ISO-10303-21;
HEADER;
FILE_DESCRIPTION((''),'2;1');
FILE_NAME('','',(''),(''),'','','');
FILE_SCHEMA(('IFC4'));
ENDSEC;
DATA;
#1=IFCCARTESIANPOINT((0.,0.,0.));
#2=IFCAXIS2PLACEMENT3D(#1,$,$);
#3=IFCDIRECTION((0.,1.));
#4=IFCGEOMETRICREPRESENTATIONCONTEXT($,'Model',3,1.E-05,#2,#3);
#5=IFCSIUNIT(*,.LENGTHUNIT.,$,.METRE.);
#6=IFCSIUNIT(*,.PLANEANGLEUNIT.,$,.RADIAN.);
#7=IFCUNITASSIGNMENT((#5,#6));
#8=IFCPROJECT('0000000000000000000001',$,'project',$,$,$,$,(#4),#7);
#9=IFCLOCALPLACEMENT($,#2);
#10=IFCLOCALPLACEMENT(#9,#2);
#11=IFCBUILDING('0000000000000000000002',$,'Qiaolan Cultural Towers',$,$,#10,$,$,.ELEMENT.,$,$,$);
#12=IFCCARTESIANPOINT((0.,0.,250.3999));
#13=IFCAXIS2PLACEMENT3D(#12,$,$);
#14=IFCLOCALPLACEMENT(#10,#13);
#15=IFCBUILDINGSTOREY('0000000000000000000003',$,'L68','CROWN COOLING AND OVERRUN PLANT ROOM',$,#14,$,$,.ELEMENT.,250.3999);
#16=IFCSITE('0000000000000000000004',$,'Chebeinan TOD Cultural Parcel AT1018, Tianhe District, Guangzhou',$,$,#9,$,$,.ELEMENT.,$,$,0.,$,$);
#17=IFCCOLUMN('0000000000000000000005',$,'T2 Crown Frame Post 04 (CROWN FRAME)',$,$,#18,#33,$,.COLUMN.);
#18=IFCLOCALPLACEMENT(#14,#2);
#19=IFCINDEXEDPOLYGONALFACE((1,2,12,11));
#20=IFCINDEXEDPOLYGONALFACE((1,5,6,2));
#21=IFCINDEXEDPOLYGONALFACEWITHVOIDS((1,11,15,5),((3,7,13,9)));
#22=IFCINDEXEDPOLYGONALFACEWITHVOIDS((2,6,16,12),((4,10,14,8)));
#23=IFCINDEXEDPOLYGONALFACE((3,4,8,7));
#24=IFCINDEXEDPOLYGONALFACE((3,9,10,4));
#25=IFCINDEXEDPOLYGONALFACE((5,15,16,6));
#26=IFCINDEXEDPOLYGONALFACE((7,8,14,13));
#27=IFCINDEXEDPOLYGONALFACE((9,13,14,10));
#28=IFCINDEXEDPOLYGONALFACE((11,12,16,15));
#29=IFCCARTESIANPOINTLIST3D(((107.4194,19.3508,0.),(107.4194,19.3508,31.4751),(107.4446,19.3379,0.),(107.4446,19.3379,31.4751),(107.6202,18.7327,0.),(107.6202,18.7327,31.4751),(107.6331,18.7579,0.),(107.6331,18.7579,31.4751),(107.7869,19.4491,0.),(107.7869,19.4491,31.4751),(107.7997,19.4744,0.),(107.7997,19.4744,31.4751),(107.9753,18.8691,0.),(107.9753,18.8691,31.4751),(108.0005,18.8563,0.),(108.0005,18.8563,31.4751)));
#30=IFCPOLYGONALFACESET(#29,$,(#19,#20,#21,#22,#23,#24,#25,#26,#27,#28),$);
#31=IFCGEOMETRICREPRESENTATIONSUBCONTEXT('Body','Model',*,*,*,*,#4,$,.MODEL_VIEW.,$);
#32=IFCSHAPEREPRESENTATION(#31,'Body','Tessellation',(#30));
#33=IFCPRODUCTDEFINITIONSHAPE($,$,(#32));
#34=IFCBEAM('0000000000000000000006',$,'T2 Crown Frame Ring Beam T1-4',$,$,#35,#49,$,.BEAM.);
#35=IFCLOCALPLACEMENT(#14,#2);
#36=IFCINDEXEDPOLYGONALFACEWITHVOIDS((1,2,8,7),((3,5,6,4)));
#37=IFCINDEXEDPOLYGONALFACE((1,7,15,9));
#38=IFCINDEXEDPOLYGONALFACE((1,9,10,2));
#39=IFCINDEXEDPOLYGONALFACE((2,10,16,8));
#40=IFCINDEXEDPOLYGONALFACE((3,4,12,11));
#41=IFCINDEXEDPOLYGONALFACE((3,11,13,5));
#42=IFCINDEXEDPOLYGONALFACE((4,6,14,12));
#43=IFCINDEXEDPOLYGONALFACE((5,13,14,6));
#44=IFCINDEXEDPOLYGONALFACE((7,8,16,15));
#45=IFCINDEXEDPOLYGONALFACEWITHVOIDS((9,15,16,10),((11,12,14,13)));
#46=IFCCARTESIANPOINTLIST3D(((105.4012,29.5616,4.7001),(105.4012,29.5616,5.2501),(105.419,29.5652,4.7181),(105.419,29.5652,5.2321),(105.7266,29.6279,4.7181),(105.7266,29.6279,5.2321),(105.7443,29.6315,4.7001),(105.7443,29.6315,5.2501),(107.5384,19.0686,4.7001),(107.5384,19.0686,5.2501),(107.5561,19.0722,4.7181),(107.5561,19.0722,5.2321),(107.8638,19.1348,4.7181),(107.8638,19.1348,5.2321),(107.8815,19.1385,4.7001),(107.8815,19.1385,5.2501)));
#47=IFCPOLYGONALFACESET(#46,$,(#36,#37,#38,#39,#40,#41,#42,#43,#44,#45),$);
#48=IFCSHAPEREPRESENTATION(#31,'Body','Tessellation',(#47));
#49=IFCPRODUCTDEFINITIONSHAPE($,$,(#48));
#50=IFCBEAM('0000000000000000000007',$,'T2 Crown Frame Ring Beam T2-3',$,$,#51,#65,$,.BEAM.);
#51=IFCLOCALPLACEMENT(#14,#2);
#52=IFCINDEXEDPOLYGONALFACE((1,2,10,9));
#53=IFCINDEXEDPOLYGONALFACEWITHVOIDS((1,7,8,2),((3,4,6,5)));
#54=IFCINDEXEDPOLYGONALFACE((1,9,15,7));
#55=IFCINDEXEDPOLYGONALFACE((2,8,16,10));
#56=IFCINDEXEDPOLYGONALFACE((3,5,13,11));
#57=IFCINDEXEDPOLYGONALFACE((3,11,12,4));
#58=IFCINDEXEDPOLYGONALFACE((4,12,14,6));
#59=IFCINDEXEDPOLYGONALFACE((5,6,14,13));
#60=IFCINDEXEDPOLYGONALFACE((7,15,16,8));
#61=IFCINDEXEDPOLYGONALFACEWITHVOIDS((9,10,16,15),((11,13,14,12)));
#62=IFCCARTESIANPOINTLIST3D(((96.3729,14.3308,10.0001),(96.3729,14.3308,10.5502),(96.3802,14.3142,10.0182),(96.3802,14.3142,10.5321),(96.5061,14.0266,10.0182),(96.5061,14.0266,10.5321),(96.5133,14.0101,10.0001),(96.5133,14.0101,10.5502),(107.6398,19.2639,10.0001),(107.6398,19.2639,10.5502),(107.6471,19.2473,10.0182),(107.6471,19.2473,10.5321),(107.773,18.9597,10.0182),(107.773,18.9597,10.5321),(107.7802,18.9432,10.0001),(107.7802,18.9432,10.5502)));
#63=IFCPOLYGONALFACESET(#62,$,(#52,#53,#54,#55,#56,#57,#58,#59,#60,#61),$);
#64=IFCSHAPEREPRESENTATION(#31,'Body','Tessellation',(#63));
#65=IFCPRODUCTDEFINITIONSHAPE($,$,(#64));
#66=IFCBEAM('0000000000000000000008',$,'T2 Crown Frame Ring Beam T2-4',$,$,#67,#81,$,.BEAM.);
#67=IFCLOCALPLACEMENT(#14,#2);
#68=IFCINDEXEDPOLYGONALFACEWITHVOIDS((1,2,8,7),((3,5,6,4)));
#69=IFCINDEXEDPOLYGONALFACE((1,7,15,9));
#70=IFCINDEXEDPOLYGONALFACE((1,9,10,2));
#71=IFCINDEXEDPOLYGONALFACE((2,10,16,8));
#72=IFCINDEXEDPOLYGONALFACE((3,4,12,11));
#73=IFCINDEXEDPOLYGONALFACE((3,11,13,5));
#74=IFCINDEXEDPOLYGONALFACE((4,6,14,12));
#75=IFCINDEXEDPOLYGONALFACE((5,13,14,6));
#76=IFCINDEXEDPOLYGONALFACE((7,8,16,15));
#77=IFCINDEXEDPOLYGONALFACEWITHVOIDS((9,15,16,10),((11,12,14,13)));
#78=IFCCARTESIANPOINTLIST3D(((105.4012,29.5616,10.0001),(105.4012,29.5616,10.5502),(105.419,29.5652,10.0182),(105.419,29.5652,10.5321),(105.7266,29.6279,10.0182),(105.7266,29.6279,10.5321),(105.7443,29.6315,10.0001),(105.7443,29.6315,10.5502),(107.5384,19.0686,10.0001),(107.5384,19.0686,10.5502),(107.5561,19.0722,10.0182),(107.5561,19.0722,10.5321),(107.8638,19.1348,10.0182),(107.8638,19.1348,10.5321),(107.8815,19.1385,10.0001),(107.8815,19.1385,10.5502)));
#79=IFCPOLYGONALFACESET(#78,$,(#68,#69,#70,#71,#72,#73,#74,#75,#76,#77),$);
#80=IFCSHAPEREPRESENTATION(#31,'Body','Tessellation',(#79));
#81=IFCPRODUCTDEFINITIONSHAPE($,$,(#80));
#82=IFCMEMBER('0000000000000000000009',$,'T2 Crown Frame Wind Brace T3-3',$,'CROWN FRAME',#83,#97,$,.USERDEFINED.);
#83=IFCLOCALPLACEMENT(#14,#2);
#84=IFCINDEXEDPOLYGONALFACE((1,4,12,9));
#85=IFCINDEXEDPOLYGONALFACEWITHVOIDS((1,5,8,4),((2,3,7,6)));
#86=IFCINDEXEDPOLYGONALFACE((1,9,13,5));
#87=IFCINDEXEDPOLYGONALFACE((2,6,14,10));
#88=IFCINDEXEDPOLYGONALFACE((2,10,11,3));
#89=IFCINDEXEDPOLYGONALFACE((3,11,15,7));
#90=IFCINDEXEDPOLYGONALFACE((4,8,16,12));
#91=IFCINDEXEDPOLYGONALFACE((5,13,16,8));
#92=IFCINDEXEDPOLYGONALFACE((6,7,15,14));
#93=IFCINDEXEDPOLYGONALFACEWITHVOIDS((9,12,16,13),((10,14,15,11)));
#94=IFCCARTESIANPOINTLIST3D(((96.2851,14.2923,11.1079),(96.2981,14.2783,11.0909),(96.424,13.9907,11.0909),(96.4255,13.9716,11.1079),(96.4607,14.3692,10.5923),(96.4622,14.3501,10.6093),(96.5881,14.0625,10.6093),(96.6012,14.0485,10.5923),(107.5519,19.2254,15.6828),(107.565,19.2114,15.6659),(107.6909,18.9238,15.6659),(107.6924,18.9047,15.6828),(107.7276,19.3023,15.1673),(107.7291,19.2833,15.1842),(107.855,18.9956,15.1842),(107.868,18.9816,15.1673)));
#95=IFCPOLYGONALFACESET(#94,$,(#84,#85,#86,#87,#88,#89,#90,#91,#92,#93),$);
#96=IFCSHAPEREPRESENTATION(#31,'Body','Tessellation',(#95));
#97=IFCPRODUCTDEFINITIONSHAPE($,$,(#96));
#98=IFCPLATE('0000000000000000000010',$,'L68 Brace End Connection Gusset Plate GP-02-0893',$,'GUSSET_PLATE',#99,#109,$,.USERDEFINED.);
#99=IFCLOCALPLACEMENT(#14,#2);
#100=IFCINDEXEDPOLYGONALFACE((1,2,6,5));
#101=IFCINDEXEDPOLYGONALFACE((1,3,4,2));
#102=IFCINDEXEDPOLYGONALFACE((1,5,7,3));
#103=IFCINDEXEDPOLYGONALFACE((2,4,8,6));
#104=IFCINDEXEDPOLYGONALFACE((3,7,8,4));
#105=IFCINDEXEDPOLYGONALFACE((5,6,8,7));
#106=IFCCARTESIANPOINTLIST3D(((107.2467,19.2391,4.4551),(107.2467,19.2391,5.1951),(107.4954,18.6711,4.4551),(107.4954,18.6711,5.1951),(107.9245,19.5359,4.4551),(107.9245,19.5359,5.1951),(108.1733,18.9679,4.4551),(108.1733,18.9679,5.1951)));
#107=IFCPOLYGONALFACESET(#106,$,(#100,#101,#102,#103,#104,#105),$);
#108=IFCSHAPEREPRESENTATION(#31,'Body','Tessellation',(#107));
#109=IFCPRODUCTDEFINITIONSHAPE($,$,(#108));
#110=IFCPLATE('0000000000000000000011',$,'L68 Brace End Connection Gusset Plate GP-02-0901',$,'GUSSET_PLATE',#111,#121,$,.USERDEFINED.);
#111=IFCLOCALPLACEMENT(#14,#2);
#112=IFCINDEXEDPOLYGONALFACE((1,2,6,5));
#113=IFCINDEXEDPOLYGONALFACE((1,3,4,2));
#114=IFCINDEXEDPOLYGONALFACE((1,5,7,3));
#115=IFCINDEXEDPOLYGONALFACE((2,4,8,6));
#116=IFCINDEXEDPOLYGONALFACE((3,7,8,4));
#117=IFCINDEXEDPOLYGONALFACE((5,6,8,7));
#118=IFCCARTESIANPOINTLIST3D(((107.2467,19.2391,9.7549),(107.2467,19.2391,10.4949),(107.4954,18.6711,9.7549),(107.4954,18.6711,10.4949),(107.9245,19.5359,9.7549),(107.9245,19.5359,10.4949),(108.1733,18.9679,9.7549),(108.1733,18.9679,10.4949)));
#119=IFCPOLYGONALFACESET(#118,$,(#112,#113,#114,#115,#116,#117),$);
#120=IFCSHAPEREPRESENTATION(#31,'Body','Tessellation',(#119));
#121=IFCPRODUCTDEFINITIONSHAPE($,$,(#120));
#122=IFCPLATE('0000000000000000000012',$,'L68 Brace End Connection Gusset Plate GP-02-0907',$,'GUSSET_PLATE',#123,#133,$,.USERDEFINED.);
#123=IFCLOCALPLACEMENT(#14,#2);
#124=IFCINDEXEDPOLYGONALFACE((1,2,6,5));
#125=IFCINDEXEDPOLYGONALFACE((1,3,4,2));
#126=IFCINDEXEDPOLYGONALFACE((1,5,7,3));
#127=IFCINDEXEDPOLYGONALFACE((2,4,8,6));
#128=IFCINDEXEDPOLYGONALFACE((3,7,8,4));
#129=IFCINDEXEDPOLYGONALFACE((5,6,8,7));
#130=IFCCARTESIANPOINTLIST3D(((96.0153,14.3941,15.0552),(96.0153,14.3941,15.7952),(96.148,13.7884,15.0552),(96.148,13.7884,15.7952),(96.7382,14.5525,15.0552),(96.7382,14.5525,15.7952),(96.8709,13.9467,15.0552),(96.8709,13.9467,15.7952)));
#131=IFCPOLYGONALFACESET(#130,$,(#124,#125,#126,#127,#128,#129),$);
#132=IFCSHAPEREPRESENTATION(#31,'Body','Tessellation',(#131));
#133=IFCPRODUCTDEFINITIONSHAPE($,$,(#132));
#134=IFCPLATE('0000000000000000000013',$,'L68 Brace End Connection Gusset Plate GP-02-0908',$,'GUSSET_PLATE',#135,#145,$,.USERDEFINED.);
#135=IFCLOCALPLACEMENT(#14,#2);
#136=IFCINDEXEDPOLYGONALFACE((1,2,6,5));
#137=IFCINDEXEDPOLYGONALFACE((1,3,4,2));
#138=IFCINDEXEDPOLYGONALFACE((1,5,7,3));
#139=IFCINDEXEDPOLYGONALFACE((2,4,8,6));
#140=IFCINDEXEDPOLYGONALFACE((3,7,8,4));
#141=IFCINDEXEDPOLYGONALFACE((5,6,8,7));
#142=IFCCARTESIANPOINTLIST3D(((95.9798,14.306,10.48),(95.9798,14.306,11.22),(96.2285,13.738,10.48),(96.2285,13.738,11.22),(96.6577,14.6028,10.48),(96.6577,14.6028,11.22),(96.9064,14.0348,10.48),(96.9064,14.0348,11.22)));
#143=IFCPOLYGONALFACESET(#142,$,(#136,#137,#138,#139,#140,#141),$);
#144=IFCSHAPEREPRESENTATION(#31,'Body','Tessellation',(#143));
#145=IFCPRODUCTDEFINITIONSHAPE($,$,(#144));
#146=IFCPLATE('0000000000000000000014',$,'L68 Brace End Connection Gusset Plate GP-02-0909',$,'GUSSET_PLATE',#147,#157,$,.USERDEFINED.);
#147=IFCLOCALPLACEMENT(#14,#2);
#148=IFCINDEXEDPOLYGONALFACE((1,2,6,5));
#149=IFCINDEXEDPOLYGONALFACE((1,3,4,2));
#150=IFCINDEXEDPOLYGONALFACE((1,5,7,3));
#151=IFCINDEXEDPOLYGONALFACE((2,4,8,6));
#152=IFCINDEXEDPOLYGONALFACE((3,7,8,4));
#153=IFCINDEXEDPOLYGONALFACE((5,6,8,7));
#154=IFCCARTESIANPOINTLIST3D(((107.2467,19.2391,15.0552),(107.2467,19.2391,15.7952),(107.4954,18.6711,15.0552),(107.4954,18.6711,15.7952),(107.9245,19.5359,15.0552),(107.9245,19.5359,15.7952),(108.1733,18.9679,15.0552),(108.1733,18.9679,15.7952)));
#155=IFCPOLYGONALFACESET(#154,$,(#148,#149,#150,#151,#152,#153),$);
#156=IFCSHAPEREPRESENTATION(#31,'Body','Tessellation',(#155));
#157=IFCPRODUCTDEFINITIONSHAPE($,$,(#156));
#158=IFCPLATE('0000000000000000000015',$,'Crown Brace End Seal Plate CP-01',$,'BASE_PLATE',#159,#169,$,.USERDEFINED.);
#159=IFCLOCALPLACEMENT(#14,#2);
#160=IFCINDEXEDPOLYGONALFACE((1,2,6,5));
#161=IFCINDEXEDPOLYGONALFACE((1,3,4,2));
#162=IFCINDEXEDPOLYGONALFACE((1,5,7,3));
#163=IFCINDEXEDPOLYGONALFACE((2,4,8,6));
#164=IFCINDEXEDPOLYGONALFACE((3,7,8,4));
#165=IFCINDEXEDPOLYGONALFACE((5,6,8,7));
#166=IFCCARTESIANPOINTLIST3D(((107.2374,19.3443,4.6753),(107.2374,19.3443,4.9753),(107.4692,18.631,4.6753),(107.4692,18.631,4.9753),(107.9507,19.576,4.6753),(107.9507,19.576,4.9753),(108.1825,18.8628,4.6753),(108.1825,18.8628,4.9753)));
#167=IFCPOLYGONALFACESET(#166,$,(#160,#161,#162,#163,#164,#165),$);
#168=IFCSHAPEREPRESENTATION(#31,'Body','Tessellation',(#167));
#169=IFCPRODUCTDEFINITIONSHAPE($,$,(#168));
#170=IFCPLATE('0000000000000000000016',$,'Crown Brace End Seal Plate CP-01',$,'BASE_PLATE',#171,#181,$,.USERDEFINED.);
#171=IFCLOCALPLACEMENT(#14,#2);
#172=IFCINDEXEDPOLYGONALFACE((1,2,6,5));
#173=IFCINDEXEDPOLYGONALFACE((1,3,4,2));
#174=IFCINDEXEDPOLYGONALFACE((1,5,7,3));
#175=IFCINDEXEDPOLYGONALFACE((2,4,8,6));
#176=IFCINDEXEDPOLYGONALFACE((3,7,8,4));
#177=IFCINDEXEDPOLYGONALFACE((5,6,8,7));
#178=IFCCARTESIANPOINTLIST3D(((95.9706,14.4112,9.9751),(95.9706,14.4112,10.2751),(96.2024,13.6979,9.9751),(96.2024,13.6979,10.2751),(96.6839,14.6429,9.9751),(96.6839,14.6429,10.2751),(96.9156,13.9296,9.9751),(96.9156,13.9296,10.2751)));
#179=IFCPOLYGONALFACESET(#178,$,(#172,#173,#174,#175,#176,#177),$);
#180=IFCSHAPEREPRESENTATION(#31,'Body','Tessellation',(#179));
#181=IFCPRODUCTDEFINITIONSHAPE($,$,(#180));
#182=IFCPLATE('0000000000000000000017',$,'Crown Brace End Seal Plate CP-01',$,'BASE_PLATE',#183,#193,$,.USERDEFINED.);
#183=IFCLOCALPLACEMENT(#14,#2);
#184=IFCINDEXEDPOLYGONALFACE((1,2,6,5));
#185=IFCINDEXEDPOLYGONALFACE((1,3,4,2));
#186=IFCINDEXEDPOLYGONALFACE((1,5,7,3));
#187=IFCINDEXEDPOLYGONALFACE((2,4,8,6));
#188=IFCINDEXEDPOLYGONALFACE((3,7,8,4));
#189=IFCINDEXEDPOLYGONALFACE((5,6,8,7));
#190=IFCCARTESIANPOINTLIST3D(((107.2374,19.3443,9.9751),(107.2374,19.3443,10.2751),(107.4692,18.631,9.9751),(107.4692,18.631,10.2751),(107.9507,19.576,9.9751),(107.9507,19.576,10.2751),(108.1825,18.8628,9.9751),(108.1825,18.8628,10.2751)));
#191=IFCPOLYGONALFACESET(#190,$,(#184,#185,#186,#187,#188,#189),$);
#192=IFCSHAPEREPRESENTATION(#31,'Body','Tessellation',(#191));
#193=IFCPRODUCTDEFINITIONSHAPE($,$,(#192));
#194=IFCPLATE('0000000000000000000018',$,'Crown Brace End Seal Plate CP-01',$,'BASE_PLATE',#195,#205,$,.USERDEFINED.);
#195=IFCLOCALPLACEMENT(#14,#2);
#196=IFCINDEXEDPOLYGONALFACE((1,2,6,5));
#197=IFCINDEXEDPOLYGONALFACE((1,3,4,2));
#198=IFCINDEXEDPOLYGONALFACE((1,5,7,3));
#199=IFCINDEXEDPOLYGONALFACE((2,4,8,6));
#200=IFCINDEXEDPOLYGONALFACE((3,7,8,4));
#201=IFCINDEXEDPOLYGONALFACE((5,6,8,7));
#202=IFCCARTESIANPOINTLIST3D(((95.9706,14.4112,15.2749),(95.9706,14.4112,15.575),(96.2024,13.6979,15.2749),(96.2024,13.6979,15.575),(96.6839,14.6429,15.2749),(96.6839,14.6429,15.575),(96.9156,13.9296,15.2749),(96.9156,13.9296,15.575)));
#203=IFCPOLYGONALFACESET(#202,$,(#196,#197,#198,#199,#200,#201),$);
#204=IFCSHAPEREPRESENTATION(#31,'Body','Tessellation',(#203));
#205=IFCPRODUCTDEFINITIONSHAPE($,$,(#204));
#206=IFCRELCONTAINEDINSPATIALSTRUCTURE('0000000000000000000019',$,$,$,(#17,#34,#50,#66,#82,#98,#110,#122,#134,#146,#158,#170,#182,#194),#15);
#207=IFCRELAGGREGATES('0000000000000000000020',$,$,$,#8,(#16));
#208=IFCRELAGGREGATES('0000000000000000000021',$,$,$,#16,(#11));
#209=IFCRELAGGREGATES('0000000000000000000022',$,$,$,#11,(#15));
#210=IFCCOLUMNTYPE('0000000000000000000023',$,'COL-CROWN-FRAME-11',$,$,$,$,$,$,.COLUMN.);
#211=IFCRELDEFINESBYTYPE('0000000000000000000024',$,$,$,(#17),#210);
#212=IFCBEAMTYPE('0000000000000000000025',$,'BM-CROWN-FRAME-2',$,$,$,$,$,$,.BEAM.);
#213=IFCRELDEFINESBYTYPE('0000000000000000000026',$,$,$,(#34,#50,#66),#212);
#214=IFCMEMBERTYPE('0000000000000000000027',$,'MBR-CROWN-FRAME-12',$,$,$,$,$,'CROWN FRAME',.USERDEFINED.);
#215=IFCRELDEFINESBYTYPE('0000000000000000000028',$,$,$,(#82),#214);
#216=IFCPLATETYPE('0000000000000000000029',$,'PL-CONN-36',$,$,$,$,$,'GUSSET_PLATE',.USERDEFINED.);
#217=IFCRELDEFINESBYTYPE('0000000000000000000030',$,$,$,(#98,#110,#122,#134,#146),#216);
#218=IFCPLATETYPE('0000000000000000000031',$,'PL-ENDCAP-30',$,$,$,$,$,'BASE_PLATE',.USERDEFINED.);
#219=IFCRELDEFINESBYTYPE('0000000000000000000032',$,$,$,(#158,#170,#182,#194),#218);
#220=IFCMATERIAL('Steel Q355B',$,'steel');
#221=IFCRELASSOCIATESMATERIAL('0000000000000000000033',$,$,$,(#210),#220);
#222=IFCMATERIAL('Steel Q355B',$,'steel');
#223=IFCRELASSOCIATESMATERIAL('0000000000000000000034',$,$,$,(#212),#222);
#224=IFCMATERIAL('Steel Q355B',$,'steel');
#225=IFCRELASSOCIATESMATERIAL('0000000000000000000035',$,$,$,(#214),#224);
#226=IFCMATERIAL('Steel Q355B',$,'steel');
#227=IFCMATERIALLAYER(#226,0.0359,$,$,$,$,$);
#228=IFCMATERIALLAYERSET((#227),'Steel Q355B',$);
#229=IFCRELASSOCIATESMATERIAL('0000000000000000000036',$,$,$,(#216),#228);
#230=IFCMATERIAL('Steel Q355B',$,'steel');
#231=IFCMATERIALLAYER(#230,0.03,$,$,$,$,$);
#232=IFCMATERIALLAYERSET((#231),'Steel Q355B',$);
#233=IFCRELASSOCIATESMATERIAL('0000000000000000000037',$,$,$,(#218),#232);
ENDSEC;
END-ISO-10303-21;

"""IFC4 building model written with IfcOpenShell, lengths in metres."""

from ifc_helpers import new_model, si_unit, direction, frame, origin, origin_2d, place, context, subcontext, project, spatial, rectangle, hollow_rectangle, extrude, material, layer, layer_set, material_profile, profile_set, type_object, element, save


model = new_model("IFC4")

# Units and contexts
model_context = context("Model", 3, precision=1e-05, world=origin(), true_north=direction((0.0, 1.0)))
body_context = subcontext(model_context, "Body", "Model", "MODEL_VIEW")
ifc_project = project(units=[si_unit("LENGTHUNIT", "METRE"), si_unit("PLANEANGLEUNIT", "RADIAN")], contexts=[model_context])

# Site, building, storey
site_placement = place(None, origin())
site = spatial("IfcSite", under=ifc_project, at=site_placement, Name="Chebeinan TOD Cultural Parcel AT1018, Tianhe District, Guangzhou", CompositionType="ELEMENT", RefElevation=0.0)
building_placement = place(site_placement, origin())
building = spatial("IfcBuilding", under=site, at=building_placement, Name="Qiaolan Cultural Towers", CompositionType="ELEMENT")
storey_placement = place(building_placement, frame((0.0, 0.0, 250.3999)))
storey = spatial("IfcBuildingStorey", under=building, at=storey_placement, Name="L68", Description="CROWN COOLING AND OVERRUN PLANT ROOM", CompositionType="ELEMENT", Elevation=250.3999)

# Column
ifc_material_1 = material(Name="Steel Q355B", Category="steel")
ifc_material_profile_1 = material_profile(ifc_material_1, hollow_rectangle(XDim=0.3999, YDim=0.6499, WallThickness=0.02, at=origin_2d()), Name="BOX650x400x20")
ifc_profile_set_1 = profile_set([ifc_material_profile_1], Name="Steel Q355B")
column_type = type_object("IfcColumnType", Name="COL-CROWN-FRAME-11", PredefinedType="COLUMN", material=ifc_profile_set_1)
column_placement = place(storey_placement, frame((107.71, 19.1035, 0.0), z_axis=(0.0, 0.0, 1.0), x_axis=(0.951057, 0.309017, 0.0)))
element("IfcColumn", 1, at=column_placement, inside=storey, type_object=column_type, Name="T2 Crown Frame Post 04 (CROWN FRAME)", PredefinedType="COLUMN", context=body_context, shape_type="SweptSolid", body=[
    extrude(hollow_rectangle(XDim=0.3999, YDim=0.6499, WallThickness=0.02, at=origin_2d()), origin(), (0.0, 0.0, 1.0), 31.4751),
])

# Beams
ifc_material_2 = material(Name="Steel Q355B", Category="steel")
ifc_material_profile_2 = material_profile(ifc_material_2, hollow_rectangle(XDim=0.3501, YDim=0.55, WallThickness=0.0181, at=origin_2d()), Name="BOX550x350x18")
ifc_profile_set_2 = profile_set([ifc_material_profile_2], Name="Steel Q355B")
beam_type = type_object("IfcBeamType", Name="BM-CROWN-FRAME-2", PredefinedType="BEAM", material=ifc_profile_set_2)
beam_1_placement = place(storey_placement, frame((107.71, 19.1035, 4.9751), z_axis=(-0.199579, 0.979882, 0.0), x_axis=(-0.979882, -0.199579, 0.0)))
element("IfcBeam", 2, at=beam_1_placement, inside=storey, type_object=beam_type, Name="T2 Crown Frame Ring Beam T1-4", PredefinedType="BEAM", context=body_context, shape_type="SweptSolid", body=[
    extrude(hollow_rectangle(XDim=0.3501, YDim=0.55, WallThickness=0.0181, at=origin_2d()), origin(), (0.0, 0.0, 1.0), 10.7085),
])
beam_2_placement = place(storey_placement, frame((96.4431, 14.1704, 10.2751), z_axis=(0.916042, 0.401082, 0.0), x_axis=(-0.401082, 0.916042, 0.0)))
element("IfcBeam", 3, at=beam_2_placement, inside=storey, type_object=beam_type, Name="T2 Crown Frame Ring Beam T2-3", PredefinedType="BEAM", context=body_context, shape_type="SweptSolid", body=[
    extrude(hollow_rectangle(XDim=0.3501, YDim=0.55, WallThickness=0.0181, at=origin_2d()), origin(), (0.0, 0.0, 1.0), 12.2996),
])
beam_3_placement = place(storey_placement, frame((107.71, 19.1035, 10.2751), z_axis=(-0.199579, 0.979882, 0.0), x_axis=(-0.979882, -0.199579, 0.0)))
element("IfcBeam", 4, at=beam_3_placement, inside=storey, type_object=beam_type, Name="T2 Crown Frame Ring Beam T2-4", PredefinedType="BEAM", context=body_context, shape_type="SweptSolid", body=[
    extrude(hollow_rectangle(XDim=0.3501, YDim=0.55, WallThickness=0.0181, at=origin_2d()), origin(), (0.0, 0.0, 1.0), 10.7085),
])

# Member
ifc_material_3 = material(Name="Steel Q355B", Category="steel")
ifc_material_profile_3 = material_profile(ifc_material_3, hollow_rectangle(XDim=0.3501, YDim=0.55, WallThickness=0.0181, at=origin_2d()), Name="BOX550x350x18")
ifc_profile_set_3 = profile_set([ifc_material_profile_3], Name="Steel Q355B")
member_type = type_object("IfcMemberType", Name="MBR-CROWN-FRAME-12", ElementType="CROWN FRAME", PredefinedType="USERDEFINED", material=ifc_profile_set_3)
member_placement = place(storey_placement, frame((96.4431, 14.1704, 10.8501), z_axis=(0.858571, 0.375919, 0.348627), x_axis=(-0.401082, 0.916042, 0.0)))
element("IfcMember", 5, at=member_placement, inside=storey, type_object=member_type, Name="T2 Crown Frame Wind Brace T3-3", ObjectType="CROWN FRAME", PredefinedType="USERDEFINED", context=body_context, shape_type="SweptSolid", body=[
    extrude(hollow_rectangle(XDim=0.3501, YDim=0.55, WallThickness=0.0181, at=origin_2d()), origin(), (0.0, 0.0, 1.0), 13.1228),
])

# Plates
ifc_material_4 = material(Name="Steel Q355B", Category="steel")
ifc_layer_1 = layer(ifc_material_4, 0.0359)
ifc_layer_set_1 = layer_set([ifc_layer_1], Name="Steel Q355B")
plate_type_1 = type_object("IfcPlateType", Name="PL-CONN-36", ElementType="GUSSET_PLATE", PredefinedType="USERDEFINED", material=ifc_layer_set_1)
for number, where, z_axis, x_axis, name in (
    (6, (107.71, 19.1035, 4.4551), (0.0, 0.0, 1.0), (0.916043, 0.40108, 0.0), "L68 Brace End Connection Gusset Plate GP-02-0893"),
    (7, (107.71, 19.1035, 9.7549), (0.0, 0.0, 1.0), (0.916043, 0.40108, 0.0), "L68 Brace End Connection Gusset Plate GP-02-0901"),
    (8, (96.4431, 14.1704, 15.0552), (0.0, 0.0, 1.0), (0.976843, 0.213956, 0.0), "L68 Brace End Connection Gusset Plate GP-02-0907"),
    (9, (96.4431, 14.1704, 10.48), (0.0, 0.0, 1.0), (0.916043, 0.40108, 0.0), "L68 Brace End Connection Gusset Plate GP-02-0908"),
    (10, (107.71, 19.1035, 15.0552), (0.0, 0.0, 1.0), (0.916043, 0.40108, 0.0), "L68 Brace End Connection Gusset Plate GP-02-0909"),
):
    element("IfcPlate", number, at=place(storey_placement, frame(where, z_axis=z_axis, x_axis=x_axis)), inside=storey, type_object=plate_type_1, Name=name, ObjectType="GUSSET_PLATE", PredefinedType="USERDEFINED", context=body_context, shape_type="SweptSolid", body=[
        extrude(rectangle(XDim=0.74, YDim=0.6201, at=origin_2d()), origin(), (0.0, 0.0, 1.0), 0.74),
    ])
ifc_material_5 = material(Name="Steel Q355B", Category="steel")
ifc_layer_2 = layer(ifc_material_5, 0.03)
ifc_layer_set_2 = layer_set([ifc_layer_2], Name="Steel Q355B")
plate_type_2 = type_object("IfcPlateType", Name="PL-ENDCAP-30", ElementType="BASE_PLATE", PredefinedType="USERDEFINED", material=ifc_layer_set_2)
for number, where, z_axis, x_axis, name in (
    (11, (107.71, 19.1035, 4.6753), (0.0, 0.0, 1.0), (0.951057, 0.309017, 0.0), "Crown Brace End Seal Plate CP-01"),
    (12, (96.4431, 14.1704, 9.9751), (0.0, 0.0, 1.0), (0.951057, 0.309017, 0.0), "Crown Brace End Seal Plate CP-01"),
    (13, (107.71, 19.1035, 9.9751), (0.0, 0.0, 1.0), (0.951057, 0.309017, 0.0), "Crown Brace End Seal Plate CP-01"),
    (14, (96.4431, 14.1704, 15.2749), (0.0, 0.0, 1.0), (0.951057, 0.309017, 0.0), "Crown Brace End Seal Plate CP-01"),
):
    element("IfcPlate", number, at=place(storey_placement, frame(where, z_axis=z_axis, x_axis=x_axis)), inside=storey, type_object=plate_type_2, Name=name, ObjectType="BASE_PLATE", PredefinedType="USERDEFINED", context=body_context, shape_type="SweptSolid", body=[
        extrude(rectangle(XDim=0.75, YDim=0.75, at=origin_2d()), origin(), (0.0, 0.0, 1.0), 0.3),
    ])

save(model, "model.ifc")
